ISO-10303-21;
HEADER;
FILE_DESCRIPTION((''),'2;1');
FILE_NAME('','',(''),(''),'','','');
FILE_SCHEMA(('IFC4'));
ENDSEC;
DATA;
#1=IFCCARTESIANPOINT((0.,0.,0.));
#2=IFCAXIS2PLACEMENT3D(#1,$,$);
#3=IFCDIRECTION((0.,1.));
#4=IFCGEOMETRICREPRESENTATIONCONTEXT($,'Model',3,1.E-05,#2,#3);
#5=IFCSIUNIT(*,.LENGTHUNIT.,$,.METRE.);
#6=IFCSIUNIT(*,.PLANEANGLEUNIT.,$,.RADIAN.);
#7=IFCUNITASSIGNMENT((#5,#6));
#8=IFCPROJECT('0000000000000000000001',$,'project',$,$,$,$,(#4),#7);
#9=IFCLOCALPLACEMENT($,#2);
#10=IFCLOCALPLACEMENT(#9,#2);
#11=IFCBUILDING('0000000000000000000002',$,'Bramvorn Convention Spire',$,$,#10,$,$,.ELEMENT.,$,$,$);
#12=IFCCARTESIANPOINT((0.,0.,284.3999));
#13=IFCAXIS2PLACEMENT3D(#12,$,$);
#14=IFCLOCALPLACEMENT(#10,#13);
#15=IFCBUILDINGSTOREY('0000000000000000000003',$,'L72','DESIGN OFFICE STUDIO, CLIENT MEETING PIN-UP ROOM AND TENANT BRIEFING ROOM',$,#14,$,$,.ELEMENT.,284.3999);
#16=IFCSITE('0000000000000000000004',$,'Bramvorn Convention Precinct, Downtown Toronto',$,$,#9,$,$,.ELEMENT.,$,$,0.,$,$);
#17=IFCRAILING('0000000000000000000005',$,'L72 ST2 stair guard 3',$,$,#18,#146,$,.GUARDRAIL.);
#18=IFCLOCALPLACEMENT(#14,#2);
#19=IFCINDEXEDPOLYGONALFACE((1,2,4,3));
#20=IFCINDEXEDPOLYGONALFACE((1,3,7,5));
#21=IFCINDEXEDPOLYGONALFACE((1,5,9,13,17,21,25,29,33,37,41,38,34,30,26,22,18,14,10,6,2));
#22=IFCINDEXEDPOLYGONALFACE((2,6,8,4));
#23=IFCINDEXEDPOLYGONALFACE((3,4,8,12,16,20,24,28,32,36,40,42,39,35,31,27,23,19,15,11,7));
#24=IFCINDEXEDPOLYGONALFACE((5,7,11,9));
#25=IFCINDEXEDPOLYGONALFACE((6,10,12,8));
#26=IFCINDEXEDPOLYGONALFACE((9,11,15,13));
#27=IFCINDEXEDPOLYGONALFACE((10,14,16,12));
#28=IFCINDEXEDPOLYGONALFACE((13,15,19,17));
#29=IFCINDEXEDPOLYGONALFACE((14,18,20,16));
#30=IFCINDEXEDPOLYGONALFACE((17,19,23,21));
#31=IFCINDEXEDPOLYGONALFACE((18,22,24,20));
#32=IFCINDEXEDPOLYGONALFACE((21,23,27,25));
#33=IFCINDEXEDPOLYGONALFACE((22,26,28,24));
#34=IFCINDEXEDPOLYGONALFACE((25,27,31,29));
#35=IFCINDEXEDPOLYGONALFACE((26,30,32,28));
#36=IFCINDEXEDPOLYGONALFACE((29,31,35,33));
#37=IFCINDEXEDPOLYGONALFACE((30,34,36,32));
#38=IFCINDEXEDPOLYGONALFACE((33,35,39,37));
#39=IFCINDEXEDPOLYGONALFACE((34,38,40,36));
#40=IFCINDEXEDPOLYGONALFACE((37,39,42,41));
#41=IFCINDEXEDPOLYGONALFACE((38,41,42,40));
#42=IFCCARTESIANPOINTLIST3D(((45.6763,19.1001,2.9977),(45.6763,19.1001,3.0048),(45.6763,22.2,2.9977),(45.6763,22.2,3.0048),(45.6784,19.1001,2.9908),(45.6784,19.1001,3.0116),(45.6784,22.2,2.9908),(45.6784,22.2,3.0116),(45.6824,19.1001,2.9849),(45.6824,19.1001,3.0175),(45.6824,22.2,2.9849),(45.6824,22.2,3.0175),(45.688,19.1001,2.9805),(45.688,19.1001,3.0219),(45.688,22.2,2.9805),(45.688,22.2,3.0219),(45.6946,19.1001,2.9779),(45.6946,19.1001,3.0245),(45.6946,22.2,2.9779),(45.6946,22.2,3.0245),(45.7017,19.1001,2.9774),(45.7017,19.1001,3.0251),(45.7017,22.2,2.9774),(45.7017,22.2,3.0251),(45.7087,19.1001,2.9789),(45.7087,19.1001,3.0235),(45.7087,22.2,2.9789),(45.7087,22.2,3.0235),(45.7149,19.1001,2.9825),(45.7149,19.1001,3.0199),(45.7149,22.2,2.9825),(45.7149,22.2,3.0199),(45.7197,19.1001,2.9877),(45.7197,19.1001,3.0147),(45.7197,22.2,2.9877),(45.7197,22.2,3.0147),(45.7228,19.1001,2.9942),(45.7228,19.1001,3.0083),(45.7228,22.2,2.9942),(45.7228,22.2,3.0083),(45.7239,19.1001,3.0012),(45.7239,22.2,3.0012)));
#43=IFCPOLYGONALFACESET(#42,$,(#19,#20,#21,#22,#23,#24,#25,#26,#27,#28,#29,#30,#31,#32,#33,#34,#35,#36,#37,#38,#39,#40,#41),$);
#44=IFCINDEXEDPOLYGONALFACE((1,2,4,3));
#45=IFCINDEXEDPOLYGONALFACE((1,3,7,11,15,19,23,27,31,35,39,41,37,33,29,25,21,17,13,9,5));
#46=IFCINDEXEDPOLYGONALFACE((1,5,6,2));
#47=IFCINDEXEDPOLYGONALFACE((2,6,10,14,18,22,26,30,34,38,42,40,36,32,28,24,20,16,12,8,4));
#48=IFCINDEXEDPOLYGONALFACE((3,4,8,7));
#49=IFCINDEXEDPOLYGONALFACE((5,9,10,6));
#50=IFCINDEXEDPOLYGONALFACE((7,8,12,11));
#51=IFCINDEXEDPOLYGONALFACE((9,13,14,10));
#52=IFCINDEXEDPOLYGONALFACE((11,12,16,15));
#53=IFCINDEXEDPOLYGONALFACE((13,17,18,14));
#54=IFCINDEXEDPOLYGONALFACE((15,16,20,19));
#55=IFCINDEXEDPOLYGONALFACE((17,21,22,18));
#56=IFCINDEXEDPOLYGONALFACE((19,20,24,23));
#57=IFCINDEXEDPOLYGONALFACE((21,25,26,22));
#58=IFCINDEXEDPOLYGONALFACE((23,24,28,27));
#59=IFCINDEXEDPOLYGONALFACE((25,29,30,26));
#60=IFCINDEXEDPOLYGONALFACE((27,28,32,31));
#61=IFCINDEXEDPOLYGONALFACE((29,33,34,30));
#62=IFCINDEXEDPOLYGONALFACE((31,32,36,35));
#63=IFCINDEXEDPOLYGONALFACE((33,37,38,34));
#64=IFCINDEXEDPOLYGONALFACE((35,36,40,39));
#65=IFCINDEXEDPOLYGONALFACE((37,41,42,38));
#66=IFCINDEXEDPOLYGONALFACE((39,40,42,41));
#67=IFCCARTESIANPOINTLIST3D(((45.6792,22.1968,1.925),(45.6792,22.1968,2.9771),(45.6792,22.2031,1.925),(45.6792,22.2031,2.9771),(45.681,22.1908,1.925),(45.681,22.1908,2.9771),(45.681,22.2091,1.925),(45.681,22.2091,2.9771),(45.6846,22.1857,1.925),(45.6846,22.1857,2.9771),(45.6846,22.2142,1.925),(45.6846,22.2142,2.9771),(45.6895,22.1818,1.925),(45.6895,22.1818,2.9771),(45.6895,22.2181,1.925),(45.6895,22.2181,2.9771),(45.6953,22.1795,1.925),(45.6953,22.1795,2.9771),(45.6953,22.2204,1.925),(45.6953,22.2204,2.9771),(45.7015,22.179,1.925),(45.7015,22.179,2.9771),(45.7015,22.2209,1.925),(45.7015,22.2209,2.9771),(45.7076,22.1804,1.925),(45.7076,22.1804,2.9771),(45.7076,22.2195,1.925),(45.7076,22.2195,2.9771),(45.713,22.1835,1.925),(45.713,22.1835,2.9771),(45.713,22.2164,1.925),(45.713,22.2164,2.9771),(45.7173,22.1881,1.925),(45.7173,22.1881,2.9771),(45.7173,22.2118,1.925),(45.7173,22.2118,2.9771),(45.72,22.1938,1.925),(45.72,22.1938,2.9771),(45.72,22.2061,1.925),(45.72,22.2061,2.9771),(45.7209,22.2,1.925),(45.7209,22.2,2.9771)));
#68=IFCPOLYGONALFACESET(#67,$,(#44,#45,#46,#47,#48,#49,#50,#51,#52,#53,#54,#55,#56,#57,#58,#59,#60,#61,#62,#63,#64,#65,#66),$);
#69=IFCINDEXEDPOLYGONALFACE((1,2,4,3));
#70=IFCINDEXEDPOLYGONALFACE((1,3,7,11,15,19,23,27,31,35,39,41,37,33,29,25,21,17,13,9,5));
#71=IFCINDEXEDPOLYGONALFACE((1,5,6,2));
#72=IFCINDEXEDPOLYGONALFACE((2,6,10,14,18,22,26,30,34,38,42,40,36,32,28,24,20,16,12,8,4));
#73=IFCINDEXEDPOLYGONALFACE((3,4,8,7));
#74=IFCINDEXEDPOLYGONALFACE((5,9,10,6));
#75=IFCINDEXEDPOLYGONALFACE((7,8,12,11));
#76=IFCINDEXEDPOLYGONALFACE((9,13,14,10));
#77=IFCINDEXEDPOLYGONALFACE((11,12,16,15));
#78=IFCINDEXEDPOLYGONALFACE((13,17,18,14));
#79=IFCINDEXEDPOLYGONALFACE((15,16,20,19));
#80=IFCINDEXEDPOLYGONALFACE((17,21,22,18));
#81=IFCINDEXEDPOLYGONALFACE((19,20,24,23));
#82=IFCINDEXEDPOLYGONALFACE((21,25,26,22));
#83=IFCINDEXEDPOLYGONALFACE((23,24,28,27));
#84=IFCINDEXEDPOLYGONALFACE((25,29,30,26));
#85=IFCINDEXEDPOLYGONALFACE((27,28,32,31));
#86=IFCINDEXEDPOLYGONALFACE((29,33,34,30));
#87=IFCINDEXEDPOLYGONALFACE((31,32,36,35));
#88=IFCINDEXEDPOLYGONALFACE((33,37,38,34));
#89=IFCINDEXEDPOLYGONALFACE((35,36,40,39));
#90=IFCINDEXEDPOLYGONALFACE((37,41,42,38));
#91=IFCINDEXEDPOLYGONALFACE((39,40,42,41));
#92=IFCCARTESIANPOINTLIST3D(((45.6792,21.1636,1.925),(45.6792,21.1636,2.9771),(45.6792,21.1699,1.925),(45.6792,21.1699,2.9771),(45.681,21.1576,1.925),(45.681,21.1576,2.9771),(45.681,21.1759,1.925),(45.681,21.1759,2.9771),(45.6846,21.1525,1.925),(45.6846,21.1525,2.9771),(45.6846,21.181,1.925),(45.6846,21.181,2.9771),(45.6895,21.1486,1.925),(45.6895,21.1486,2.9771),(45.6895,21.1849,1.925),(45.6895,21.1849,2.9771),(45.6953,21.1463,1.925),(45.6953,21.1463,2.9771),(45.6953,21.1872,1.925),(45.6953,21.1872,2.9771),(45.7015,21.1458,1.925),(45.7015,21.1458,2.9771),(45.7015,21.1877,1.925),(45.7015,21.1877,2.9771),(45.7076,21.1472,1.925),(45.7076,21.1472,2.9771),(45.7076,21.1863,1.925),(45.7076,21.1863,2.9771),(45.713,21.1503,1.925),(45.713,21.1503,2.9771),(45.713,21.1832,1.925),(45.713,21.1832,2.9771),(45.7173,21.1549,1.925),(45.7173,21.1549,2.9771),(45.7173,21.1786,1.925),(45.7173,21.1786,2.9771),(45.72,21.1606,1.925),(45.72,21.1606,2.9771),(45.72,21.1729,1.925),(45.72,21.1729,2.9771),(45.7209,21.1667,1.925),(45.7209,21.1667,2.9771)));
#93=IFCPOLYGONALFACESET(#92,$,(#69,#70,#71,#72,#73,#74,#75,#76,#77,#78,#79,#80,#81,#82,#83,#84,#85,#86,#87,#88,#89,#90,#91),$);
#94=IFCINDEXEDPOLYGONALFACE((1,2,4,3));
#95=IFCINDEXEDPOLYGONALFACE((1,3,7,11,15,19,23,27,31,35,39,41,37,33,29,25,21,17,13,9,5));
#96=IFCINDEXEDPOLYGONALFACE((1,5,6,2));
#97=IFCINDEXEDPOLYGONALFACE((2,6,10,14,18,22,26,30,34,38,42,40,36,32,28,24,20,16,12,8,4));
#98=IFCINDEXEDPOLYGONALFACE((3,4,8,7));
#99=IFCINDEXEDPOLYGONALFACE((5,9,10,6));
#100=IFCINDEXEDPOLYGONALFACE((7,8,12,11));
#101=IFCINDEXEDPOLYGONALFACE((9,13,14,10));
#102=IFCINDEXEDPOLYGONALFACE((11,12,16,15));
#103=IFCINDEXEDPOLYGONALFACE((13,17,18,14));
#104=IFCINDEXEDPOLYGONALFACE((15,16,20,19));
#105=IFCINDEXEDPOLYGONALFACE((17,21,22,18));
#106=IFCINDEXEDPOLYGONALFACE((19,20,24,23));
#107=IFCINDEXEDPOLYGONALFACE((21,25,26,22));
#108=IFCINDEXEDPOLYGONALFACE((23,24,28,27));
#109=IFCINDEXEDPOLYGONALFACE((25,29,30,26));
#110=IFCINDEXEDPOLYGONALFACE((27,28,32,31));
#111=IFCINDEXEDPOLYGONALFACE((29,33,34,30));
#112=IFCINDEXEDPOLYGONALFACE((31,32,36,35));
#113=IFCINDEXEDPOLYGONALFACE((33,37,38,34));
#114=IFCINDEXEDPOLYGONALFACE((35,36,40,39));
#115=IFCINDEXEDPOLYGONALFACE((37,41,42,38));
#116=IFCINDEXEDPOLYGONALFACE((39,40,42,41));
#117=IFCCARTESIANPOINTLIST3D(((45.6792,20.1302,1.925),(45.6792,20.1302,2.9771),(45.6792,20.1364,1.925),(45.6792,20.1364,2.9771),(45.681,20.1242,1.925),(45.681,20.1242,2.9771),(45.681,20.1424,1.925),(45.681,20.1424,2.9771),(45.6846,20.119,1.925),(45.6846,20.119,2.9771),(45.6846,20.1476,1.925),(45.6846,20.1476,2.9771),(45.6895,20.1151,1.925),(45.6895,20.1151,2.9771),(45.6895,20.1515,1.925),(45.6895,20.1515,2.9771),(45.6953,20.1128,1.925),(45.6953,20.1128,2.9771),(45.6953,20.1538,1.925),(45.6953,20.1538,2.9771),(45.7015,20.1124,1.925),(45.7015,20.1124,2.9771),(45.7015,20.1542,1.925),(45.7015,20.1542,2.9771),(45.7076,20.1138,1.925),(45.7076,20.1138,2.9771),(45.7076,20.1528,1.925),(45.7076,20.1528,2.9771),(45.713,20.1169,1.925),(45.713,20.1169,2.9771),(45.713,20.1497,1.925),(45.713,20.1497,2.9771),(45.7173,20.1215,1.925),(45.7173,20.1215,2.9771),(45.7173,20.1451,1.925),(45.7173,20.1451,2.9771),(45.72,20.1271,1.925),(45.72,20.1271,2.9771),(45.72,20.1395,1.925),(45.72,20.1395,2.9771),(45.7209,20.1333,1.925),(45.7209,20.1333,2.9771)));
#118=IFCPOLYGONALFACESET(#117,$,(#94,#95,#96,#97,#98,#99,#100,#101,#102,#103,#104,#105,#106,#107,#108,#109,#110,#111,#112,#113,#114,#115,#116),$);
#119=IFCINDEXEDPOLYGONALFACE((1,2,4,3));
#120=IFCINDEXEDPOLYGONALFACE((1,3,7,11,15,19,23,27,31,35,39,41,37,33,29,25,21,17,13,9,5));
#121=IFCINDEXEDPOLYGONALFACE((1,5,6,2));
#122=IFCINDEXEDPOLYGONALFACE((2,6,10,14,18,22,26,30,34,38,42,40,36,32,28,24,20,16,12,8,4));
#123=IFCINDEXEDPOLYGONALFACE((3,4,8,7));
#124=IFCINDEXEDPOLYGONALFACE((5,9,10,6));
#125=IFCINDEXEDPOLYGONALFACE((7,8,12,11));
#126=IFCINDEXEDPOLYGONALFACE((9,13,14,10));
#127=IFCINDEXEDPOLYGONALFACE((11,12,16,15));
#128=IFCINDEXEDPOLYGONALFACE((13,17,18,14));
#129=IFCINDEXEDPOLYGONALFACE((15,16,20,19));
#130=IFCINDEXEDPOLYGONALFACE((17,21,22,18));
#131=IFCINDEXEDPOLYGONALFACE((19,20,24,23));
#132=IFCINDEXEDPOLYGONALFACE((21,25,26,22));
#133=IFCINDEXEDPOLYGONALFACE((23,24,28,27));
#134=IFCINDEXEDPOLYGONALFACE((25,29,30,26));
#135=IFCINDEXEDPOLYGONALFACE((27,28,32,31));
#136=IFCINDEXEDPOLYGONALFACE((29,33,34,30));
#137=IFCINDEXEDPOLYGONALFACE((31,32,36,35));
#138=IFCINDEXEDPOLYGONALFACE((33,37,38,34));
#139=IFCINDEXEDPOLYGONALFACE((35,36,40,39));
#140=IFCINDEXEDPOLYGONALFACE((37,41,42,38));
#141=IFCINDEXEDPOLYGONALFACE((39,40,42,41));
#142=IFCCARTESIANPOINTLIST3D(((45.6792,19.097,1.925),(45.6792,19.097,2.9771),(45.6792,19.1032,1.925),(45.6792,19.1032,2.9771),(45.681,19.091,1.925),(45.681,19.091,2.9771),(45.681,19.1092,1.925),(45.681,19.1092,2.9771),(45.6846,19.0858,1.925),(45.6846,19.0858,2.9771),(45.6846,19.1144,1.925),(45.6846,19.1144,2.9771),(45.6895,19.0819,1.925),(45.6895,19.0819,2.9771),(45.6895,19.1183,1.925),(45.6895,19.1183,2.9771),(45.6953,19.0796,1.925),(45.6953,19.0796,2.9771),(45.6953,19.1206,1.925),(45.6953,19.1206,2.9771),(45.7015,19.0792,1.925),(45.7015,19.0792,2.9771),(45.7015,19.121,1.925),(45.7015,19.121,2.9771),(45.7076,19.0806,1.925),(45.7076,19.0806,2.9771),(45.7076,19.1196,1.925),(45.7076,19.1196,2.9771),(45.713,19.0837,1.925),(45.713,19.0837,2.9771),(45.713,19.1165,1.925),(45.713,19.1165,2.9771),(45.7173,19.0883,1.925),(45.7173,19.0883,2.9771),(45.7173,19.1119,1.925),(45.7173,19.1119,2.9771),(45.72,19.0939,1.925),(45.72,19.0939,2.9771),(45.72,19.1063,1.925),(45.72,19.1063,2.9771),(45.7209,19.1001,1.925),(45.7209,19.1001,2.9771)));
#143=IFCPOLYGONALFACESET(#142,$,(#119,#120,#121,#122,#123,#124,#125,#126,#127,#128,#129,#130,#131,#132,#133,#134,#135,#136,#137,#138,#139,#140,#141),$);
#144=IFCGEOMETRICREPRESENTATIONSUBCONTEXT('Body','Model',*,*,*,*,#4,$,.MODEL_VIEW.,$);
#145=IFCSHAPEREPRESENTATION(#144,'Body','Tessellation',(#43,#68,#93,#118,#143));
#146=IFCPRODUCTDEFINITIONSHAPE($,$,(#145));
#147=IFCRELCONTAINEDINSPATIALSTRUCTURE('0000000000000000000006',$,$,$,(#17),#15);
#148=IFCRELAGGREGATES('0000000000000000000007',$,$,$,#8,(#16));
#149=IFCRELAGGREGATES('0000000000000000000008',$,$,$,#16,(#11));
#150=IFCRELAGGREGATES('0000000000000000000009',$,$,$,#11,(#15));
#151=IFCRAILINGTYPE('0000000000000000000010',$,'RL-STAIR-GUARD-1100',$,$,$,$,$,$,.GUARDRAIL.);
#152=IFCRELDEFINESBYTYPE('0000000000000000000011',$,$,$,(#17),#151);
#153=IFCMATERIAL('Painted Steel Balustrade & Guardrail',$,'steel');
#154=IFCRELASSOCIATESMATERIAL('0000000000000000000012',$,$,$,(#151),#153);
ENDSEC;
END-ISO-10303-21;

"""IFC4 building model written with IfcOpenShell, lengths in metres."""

from ifc_helpers import new_model, si_unit, direction, frame, origin, origin_2d, place, context, subcontext, project, spatial, circle, extrude, material, type_object, element, save


model = new_model("IFC4")

# Units and contexts
model_context = context("Model", 3, precision=1e-05, world=origin(), true_north=direction((0.0, 1.0)))
body_context = subcontext(model_context, "Body", "Model", "MODEL_VIEW")
ifc_project = project(units=[si_unit("LENGTHUNIT", "METRE"), si_unit("PLANEANGLEUNIT", "RADIAN")], contexts=[model_context])

# Site, building, storey
site_placement = place(None, origin())
site = spatial("IfcSite", under=ifc_project, at=site_placement, Name="Bramvorn Convention Precinct, Downtown Toronto", CompositionType="ELEMENT", RefElevation=0.0)
building_placement = place(site_placement, origin())
building = spatial("IfcBuilding", under=site, at=building_placement, Name="Bramvorn Convention Spire", CompositionType="ELEMENT")
storey_placement = place(building_placement, frame((0.0, 0.0, 284.3999)))
storey = spatial("IfcBuildingStorey", under=building, at=storey_placement, Name="L72", Description="DESIGN OFFICE STUDIO, CLIENT MEETING PIN-UP ROOM AND TENANT BRIEFING ROOM", CompositionType="ELEMENT", Elevation=284.3999)

# Railing
ifc_material_1 = material(Name="Painted Steel Balustrade & Guardrail", Category="steel")
railing_type = type_object("IfcRailingType", Name="RL-STAIR-GUARD-1100", PredefinedType="GUARDRAIL", material=ifc_material_1)
railing_1_placement = place(storey_placement, frame((45.7, 22.2, 1.925)))
element("IfcRailing", 1, at=railing_1_placement, inside=storey, type_object=railing_type, Name="L72 ST2 stair guard 3", PredefinedType="GUARDRAIL", context=body_context, shape_type="SweptSolid", body=[
    extrude(circle(Radius=0.0239, at=origin_2d()), frame((0.0, 0.0, 1.0762), z_axis=(0.0, -1.0, 0.0), x_axis=(1.0, 0.0, 0.0)), (0.0, 0.0, 1.0), 3.0999),
    extrude(circle(Radius=0.021, at=origin_2d()), origin(), (0.0, 0.0, 1.0), 1.052),
    extrude(circle(Radius=0.021, at=origin_2d()), frame((0.0, -1.0332, 0.0)), (0.0, 0.0, 1.0), 1.052),
    extrude(circle(Radius=0.021, at=origin_2d()), frame((0.0, -2.0667, 0.0)), (0.0, 0.0, 1.0), 1.052),
    extrude(circle(Radius=0.021, at=origin_2d()), frame((0.0, -3.0999, 0.0)), (0.0, 0.0, 1.0), 1.052),
])

save(model, "model.ifc")
